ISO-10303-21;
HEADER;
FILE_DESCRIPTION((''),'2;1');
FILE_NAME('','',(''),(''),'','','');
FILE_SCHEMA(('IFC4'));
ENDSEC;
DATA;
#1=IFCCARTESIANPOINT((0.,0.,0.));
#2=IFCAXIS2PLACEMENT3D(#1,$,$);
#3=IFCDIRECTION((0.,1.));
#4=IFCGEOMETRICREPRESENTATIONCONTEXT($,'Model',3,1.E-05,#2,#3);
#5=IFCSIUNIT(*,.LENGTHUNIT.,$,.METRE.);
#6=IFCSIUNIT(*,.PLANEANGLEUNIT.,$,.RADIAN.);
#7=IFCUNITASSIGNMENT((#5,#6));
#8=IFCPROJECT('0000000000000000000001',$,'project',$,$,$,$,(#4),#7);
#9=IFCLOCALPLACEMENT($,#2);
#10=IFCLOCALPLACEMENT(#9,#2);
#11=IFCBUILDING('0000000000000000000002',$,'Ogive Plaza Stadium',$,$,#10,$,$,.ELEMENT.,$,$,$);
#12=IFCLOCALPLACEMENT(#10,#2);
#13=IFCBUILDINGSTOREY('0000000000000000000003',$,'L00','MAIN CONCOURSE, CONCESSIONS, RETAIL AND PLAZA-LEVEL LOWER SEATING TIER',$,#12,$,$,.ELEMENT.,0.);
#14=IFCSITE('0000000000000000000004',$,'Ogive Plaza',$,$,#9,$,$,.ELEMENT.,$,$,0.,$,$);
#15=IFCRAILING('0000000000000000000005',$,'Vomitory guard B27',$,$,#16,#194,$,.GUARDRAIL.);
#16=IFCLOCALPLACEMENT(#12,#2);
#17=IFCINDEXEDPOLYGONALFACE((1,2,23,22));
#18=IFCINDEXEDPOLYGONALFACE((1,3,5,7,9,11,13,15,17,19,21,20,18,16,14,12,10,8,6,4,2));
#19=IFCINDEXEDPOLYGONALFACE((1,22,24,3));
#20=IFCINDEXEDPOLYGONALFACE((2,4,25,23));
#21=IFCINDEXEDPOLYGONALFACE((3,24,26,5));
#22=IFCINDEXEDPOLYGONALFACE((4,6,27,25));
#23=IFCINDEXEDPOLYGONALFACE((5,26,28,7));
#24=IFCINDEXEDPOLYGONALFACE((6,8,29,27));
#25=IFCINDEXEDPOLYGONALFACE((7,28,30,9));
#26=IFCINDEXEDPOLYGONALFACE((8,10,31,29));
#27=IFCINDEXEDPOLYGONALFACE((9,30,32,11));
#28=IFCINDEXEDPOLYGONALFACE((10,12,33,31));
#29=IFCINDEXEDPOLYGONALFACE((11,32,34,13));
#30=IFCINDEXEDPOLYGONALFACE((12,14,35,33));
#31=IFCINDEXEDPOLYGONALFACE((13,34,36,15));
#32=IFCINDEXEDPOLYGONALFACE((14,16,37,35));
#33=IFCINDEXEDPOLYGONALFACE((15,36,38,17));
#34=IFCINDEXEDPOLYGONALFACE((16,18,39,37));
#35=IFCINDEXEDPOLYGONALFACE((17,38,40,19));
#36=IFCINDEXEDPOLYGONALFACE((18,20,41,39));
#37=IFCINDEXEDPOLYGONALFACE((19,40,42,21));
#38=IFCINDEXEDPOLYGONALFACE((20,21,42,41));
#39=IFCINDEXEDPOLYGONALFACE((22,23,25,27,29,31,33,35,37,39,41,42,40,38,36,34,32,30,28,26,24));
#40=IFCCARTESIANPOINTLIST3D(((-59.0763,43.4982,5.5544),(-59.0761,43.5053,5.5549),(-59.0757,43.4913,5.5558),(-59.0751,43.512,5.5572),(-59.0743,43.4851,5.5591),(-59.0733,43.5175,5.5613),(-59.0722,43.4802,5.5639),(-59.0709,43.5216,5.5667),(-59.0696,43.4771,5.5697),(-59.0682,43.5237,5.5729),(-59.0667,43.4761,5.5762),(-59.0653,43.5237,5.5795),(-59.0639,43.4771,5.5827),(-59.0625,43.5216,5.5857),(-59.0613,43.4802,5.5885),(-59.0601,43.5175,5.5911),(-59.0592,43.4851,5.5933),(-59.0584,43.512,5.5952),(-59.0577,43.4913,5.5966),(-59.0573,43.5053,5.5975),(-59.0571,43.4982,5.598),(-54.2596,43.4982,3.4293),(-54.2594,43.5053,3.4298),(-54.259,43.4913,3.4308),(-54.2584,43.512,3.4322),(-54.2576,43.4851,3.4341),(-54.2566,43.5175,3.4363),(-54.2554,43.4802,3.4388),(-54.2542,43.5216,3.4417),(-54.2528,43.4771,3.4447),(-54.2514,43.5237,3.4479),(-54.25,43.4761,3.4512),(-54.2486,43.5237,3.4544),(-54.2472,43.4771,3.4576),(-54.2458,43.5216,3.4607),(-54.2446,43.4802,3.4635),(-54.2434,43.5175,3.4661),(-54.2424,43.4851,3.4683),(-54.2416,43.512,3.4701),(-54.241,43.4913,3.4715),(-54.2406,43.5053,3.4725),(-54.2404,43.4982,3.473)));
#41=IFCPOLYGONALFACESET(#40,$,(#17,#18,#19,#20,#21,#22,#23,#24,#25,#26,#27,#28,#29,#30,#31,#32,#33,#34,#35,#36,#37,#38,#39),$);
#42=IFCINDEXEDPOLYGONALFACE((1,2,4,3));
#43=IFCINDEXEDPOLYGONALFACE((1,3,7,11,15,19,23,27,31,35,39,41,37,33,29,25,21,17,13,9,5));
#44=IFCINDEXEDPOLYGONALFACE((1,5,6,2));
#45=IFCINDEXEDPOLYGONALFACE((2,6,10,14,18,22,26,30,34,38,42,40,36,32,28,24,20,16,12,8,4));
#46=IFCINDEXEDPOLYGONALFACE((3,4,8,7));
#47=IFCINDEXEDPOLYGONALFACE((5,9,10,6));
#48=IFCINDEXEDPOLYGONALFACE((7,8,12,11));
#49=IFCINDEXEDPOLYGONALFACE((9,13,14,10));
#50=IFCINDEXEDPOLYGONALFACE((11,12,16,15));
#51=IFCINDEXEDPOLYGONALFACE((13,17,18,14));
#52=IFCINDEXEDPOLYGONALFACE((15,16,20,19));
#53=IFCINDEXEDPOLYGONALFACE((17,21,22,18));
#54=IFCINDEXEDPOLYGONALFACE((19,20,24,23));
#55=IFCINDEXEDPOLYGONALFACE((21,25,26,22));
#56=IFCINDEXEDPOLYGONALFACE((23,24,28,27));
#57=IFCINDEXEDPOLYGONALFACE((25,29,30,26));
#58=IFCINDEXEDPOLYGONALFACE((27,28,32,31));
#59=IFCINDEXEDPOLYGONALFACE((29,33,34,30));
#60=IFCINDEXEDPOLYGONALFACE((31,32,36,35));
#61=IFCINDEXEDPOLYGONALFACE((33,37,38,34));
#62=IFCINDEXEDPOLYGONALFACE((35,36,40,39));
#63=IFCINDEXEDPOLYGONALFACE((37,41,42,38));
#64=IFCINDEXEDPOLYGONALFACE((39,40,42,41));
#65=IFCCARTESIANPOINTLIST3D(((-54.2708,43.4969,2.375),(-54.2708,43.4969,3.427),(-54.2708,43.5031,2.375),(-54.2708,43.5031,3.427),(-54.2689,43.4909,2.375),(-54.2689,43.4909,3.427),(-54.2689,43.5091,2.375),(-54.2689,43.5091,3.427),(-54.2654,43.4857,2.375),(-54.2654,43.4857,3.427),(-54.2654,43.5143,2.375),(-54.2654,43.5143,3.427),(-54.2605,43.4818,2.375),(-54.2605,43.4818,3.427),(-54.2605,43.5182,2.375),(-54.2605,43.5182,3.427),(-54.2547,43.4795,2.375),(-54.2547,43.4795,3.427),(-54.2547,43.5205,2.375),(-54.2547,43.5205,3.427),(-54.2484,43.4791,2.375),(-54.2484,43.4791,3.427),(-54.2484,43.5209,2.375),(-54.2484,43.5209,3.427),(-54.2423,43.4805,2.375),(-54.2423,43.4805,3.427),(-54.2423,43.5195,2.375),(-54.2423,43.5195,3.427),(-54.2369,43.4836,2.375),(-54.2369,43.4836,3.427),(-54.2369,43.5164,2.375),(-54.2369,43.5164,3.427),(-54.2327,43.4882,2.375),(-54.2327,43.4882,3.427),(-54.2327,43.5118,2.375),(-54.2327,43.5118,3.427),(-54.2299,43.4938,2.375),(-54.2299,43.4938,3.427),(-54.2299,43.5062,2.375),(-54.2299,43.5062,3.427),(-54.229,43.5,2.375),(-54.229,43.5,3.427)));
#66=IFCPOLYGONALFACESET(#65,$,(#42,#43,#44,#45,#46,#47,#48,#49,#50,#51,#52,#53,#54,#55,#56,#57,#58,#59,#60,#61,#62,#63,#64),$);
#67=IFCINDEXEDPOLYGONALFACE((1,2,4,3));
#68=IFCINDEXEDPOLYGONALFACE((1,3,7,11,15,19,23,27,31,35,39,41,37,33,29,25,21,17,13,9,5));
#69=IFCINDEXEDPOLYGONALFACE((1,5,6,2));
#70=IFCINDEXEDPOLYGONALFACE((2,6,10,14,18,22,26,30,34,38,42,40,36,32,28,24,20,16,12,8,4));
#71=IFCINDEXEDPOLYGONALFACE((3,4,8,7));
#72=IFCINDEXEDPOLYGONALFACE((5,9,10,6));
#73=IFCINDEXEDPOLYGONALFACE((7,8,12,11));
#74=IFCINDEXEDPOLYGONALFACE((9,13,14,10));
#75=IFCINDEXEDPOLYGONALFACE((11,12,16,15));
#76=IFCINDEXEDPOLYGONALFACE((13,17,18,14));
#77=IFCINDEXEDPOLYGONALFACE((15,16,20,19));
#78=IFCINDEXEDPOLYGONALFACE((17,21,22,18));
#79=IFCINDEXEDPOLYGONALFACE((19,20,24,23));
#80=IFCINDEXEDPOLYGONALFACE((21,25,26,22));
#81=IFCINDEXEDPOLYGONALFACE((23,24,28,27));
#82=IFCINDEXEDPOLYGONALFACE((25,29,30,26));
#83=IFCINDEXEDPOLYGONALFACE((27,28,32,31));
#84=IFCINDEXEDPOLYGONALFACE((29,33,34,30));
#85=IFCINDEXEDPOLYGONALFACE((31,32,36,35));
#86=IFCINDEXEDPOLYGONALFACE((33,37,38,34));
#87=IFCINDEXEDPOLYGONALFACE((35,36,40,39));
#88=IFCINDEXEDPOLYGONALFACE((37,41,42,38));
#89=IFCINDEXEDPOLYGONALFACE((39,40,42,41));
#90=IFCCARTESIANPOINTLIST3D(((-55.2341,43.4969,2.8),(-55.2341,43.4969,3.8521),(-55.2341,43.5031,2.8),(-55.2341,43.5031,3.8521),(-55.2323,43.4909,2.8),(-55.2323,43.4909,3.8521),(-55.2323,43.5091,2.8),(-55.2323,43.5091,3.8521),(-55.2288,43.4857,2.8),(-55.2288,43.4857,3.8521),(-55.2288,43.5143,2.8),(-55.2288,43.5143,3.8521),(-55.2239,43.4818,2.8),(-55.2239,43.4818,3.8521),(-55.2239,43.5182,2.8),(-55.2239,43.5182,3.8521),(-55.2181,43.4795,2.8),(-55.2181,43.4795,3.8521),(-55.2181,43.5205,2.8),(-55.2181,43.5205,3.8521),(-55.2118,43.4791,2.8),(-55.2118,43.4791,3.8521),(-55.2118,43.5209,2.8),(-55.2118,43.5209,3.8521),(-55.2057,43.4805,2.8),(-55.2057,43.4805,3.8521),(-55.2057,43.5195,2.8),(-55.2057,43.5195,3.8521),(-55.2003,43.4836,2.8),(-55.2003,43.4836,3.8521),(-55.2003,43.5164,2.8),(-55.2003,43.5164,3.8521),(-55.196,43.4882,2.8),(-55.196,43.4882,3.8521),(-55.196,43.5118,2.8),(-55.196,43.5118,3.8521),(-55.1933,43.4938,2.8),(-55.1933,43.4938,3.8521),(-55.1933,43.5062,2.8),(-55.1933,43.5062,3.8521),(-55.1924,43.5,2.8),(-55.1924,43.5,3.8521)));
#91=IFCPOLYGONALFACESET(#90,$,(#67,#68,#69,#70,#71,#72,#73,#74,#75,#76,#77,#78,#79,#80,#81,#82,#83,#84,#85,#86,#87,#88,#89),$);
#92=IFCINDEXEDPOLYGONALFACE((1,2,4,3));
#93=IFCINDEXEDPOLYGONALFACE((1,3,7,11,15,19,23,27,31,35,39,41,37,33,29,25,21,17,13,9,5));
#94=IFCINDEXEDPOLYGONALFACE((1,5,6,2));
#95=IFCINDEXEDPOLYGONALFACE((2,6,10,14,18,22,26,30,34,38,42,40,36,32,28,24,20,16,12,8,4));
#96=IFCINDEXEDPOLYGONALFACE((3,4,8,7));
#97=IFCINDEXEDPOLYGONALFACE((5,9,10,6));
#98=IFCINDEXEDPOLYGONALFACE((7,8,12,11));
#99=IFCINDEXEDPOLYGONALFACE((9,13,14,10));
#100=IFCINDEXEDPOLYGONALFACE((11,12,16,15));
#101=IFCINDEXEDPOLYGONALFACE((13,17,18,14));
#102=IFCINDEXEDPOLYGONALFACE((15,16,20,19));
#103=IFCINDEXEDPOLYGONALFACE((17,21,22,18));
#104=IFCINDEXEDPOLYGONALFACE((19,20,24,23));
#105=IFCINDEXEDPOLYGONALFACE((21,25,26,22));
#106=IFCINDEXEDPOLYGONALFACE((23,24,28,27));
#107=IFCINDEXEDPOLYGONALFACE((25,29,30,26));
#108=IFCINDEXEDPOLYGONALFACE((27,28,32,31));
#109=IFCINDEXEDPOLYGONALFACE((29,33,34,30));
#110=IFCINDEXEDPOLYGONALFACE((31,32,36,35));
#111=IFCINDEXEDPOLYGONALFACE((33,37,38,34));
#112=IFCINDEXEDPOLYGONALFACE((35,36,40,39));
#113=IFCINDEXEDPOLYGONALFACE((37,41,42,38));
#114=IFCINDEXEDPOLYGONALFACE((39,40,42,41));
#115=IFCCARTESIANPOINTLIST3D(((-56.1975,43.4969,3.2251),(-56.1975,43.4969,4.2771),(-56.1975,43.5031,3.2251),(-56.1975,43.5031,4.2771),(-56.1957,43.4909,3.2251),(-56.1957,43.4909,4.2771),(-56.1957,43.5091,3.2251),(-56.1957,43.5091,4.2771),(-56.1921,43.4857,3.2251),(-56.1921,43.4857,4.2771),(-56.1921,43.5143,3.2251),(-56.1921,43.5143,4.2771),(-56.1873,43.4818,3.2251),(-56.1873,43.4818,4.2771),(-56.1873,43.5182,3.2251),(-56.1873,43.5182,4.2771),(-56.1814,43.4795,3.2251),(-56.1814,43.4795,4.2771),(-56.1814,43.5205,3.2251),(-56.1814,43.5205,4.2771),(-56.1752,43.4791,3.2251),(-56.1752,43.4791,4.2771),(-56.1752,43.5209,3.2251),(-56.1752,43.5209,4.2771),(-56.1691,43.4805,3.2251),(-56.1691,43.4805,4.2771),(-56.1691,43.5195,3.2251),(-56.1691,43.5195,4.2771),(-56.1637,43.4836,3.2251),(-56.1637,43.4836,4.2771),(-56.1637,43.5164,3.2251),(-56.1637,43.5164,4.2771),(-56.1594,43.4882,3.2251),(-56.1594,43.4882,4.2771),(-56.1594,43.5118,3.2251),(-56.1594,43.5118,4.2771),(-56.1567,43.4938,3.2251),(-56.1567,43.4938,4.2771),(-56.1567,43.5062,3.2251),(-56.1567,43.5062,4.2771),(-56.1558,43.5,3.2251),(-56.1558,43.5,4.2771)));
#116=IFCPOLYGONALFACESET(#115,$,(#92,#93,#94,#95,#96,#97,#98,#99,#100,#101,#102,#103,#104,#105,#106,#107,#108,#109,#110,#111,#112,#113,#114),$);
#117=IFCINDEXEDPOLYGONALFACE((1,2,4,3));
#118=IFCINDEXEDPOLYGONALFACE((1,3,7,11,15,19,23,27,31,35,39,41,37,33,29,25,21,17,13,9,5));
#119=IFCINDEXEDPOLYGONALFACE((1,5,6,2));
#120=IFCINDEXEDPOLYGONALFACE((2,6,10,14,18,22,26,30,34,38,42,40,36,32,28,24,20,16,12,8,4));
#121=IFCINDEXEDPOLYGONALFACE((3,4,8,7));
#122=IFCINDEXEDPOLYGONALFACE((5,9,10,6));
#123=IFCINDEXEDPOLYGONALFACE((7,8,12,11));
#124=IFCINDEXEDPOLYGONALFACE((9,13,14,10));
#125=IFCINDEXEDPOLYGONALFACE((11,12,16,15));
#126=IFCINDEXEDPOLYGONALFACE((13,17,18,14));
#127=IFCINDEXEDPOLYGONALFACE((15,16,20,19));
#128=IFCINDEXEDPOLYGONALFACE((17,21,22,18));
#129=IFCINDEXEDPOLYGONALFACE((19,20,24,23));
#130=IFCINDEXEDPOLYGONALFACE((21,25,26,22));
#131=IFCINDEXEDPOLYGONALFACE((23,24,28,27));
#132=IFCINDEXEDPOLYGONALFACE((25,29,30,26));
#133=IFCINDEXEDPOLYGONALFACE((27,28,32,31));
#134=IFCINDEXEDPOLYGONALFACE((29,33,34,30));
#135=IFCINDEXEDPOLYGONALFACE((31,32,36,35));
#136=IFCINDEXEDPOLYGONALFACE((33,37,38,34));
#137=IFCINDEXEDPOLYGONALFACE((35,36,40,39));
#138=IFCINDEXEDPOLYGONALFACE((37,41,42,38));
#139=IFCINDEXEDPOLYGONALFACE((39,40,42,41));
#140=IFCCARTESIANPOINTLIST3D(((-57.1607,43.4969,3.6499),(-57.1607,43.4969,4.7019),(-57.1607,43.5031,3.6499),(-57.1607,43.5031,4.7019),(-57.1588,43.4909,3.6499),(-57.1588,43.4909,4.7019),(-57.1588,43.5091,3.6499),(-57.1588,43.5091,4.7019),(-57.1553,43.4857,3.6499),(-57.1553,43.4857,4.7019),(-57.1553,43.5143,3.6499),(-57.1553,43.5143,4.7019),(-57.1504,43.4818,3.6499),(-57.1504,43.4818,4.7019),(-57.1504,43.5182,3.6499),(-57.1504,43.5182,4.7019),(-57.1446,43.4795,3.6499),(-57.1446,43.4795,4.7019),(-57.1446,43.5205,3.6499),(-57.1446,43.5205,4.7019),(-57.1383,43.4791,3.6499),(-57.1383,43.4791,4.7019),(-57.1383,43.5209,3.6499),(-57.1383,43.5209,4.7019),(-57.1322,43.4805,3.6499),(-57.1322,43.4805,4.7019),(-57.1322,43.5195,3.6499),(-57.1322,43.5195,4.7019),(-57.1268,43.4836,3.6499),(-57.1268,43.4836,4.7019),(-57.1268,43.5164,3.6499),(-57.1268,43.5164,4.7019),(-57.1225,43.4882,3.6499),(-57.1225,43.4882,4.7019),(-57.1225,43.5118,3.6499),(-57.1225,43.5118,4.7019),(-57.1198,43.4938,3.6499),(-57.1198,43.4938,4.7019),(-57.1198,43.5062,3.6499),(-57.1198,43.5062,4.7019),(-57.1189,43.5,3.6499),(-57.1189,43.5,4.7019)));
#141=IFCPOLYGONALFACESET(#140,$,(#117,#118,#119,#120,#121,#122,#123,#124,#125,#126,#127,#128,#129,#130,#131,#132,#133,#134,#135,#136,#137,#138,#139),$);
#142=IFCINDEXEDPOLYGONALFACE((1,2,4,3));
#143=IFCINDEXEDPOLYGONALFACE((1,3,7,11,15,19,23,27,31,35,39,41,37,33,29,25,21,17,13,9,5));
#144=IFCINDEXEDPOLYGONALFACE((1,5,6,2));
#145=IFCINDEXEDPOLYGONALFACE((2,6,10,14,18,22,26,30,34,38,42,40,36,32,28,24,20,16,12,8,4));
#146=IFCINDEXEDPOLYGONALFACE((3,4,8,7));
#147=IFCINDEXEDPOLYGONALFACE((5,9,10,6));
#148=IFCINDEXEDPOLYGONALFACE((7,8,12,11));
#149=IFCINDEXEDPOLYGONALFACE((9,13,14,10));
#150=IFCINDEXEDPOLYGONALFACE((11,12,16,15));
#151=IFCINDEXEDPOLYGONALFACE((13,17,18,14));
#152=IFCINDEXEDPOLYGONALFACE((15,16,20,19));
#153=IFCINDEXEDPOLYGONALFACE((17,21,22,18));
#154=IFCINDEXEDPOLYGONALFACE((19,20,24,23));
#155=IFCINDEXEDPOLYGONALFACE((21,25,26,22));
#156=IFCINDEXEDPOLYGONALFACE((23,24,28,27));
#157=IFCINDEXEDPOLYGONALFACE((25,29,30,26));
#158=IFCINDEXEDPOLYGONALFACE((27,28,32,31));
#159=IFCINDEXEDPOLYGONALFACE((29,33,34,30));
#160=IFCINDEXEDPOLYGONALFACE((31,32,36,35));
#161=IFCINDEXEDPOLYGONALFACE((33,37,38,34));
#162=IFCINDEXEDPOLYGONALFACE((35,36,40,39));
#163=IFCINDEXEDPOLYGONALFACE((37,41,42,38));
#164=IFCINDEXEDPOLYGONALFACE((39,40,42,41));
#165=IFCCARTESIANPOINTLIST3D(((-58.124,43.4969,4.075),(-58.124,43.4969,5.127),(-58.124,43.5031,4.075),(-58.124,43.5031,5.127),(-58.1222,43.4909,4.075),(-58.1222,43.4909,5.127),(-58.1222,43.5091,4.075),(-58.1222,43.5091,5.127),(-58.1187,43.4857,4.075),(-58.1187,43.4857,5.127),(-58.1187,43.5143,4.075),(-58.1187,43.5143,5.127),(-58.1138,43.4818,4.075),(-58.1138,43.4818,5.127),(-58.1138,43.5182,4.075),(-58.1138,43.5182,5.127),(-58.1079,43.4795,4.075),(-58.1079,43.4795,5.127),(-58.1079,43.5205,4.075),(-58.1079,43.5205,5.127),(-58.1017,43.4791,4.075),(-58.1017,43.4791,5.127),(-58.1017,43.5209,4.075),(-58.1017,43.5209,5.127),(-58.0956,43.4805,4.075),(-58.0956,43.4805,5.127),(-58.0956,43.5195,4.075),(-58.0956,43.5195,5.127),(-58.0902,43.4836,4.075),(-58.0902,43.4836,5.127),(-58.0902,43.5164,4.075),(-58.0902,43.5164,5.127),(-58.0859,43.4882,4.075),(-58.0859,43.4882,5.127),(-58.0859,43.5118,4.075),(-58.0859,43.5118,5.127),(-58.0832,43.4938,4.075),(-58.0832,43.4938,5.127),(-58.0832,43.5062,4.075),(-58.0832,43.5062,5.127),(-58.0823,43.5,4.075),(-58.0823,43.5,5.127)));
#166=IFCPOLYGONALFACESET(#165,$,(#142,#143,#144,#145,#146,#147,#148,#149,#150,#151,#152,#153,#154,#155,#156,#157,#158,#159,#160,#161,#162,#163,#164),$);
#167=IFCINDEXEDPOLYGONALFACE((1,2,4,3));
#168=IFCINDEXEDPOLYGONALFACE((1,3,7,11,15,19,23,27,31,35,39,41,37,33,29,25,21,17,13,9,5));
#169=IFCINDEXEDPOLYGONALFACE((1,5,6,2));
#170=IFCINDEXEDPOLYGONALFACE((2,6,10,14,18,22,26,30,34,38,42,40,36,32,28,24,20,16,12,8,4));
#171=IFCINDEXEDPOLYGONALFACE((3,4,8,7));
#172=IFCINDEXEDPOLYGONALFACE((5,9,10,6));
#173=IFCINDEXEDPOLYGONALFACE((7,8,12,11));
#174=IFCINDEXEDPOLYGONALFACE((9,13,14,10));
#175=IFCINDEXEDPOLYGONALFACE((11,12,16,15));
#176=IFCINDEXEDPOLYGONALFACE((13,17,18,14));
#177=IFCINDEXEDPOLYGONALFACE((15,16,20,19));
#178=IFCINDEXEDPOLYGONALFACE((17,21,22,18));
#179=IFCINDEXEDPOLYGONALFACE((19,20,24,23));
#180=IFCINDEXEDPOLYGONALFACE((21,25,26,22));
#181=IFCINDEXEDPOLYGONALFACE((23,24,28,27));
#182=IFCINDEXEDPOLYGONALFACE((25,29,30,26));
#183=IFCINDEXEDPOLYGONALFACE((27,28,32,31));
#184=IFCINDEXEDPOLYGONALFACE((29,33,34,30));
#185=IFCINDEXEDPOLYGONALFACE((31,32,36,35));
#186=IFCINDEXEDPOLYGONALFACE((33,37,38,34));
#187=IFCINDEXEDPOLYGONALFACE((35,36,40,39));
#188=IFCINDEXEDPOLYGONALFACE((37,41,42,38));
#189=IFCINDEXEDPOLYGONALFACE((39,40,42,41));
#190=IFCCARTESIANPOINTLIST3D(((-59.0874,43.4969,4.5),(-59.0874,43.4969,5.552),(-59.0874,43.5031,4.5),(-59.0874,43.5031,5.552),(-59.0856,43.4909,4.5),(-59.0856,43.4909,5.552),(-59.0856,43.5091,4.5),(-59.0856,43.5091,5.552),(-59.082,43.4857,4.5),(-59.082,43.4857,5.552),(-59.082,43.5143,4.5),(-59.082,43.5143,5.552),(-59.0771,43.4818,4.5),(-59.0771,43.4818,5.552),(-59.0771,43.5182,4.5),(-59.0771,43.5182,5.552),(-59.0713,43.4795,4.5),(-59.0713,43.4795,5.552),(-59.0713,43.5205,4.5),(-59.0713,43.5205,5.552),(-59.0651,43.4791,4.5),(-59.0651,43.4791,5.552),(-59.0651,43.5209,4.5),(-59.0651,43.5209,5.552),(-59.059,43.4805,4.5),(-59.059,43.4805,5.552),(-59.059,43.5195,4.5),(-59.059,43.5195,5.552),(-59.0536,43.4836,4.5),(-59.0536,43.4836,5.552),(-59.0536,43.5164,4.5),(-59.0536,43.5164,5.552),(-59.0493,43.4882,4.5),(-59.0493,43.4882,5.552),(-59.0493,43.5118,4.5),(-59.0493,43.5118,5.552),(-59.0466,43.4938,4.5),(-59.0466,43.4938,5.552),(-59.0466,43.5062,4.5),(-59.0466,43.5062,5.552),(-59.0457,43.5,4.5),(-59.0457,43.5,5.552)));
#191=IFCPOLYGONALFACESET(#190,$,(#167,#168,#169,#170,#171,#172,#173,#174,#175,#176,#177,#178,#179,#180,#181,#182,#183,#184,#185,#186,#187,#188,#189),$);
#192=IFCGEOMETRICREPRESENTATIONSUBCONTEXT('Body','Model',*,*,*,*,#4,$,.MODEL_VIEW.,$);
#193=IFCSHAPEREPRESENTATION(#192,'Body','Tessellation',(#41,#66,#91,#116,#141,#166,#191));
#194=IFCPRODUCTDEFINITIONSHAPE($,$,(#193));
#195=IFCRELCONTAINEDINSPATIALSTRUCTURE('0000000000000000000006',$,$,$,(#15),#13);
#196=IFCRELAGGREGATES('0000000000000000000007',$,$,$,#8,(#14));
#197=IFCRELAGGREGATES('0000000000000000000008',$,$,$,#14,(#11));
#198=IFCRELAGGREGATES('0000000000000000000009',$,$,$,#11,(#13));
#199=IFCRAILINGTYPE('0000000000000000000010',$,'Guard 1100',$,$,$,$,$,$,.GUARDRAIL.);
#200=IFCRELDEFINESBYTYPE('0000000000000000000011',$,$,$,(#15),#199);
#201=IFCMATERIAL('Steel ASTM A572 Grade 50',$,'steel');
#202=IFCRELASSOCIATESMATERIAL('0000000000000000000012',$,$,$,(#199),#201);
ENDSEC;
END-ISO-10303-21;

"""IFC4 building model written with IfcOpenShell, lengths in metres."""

from ifc_helpers import new_model, si_unit, direction, frame, origin, origin_2d, place, context, subcontext, project, spatial, circle, extrude, material, type_object, element, save


model = new_model("IFC4")

# Units and contexts
model_context = context("Model", 3, precision=1e-05, world=origin(), true_north=direction((0.0, 1.0)))
body_context = subcontext(model_context, "Body", "Model", "MODEL_VIEW")
ifc_project = project(units=[si_unit("LENGTHUNIT", "METRE"), si_unit("PLANEANGLEUNIT", "RADIAN")], contexts=[model_context])

# Site, building, storey
site_placement = place(None, origin())
site = spatial("IfcSite", under=ifc_project, at=site_placement, Name="Ogive Plaza", CompositionType="ELEMENT", RefElevation=0.0)
building_placement = place(site_placement, origin())
building = spatial("IfcBuilding", under=site, at=building_placement, Name="Ogive Plaza Stadium", CompositionType="ELEMENT")
storey_placement = place(building_placement, origin())
storey = spatial("IfcBuildingStorey", under=building, at=storey_placement, Name="L00", Description="MAIN CONCOURSE, CONCESSIONS, RETAIL AND PLAZA-LEVEL LOWER SEATING TIER", CompositionType="ELEMENT", Elevation=0.0)

# Railing
ifc_material_1 = material(Name="Steel ASTM A572 Grade 50", Category="steel")
railing_type = type_object("IfcRailingType", Name="Guard 1100", PredefinedType="GUARDRAIL", material=ifc_material_1)
for number, where, name in (
    (1, (-54.25, 43.5, 2.375), "Vomitory guard B27"),
):
    element("IfcRailing", number, at=place(storey_placement, frame(where)), inside=storey, type_object=railing_type, Name=name, PredefinedType="GUARDRAIL", context=body_context, shape_type="SweptSolid", body=[
        extrude(circle(Radius=0.0239, at=origin_2d()), frame((0.0, 0.0, 1.0762), z_axis=(-0.914917, 0.0, 0.403641), x_axis=(0.0, -1.0, 0.0)), (0.0, 0.0, 1.0), 5.2646),
        extrude(circle(Radius=0.021, at=origin_2d()), origin(), (0.0, 0.0, 1.0), 1.052),
        extrude(circle(Radius=0.021, at=origin_2d()), frame((-0.9634, 0.0, 0.425)), (0.0, 0.0, 1.0), 1.052),
        extrude(circle(Radius=0.021, at=origin_2d()), frame((-1.9268, 0.0, 0.8501)), (0.0, 0.0, 1.0), 1.052),
        extrude(circle(Radius=0.021, at=origin_2d()), frame((-2.8899, 0.0, 1.2749)), (0.0, 0.0, 1.0), 1.052),
        extrude(circle(Radius=0.021, at=origin_2d()), frame((-3.8533, 0.0, 1.7)), (0.0, 0.0, 1.0), 1.052),
        extrude(circle(Radius=0.021, at=origin_2d()), frame((-4.8167, 0.0, 2.125)), (0.0, 0.0, 1.0), 1.052),
    ])

save(model, "model.ifc")
